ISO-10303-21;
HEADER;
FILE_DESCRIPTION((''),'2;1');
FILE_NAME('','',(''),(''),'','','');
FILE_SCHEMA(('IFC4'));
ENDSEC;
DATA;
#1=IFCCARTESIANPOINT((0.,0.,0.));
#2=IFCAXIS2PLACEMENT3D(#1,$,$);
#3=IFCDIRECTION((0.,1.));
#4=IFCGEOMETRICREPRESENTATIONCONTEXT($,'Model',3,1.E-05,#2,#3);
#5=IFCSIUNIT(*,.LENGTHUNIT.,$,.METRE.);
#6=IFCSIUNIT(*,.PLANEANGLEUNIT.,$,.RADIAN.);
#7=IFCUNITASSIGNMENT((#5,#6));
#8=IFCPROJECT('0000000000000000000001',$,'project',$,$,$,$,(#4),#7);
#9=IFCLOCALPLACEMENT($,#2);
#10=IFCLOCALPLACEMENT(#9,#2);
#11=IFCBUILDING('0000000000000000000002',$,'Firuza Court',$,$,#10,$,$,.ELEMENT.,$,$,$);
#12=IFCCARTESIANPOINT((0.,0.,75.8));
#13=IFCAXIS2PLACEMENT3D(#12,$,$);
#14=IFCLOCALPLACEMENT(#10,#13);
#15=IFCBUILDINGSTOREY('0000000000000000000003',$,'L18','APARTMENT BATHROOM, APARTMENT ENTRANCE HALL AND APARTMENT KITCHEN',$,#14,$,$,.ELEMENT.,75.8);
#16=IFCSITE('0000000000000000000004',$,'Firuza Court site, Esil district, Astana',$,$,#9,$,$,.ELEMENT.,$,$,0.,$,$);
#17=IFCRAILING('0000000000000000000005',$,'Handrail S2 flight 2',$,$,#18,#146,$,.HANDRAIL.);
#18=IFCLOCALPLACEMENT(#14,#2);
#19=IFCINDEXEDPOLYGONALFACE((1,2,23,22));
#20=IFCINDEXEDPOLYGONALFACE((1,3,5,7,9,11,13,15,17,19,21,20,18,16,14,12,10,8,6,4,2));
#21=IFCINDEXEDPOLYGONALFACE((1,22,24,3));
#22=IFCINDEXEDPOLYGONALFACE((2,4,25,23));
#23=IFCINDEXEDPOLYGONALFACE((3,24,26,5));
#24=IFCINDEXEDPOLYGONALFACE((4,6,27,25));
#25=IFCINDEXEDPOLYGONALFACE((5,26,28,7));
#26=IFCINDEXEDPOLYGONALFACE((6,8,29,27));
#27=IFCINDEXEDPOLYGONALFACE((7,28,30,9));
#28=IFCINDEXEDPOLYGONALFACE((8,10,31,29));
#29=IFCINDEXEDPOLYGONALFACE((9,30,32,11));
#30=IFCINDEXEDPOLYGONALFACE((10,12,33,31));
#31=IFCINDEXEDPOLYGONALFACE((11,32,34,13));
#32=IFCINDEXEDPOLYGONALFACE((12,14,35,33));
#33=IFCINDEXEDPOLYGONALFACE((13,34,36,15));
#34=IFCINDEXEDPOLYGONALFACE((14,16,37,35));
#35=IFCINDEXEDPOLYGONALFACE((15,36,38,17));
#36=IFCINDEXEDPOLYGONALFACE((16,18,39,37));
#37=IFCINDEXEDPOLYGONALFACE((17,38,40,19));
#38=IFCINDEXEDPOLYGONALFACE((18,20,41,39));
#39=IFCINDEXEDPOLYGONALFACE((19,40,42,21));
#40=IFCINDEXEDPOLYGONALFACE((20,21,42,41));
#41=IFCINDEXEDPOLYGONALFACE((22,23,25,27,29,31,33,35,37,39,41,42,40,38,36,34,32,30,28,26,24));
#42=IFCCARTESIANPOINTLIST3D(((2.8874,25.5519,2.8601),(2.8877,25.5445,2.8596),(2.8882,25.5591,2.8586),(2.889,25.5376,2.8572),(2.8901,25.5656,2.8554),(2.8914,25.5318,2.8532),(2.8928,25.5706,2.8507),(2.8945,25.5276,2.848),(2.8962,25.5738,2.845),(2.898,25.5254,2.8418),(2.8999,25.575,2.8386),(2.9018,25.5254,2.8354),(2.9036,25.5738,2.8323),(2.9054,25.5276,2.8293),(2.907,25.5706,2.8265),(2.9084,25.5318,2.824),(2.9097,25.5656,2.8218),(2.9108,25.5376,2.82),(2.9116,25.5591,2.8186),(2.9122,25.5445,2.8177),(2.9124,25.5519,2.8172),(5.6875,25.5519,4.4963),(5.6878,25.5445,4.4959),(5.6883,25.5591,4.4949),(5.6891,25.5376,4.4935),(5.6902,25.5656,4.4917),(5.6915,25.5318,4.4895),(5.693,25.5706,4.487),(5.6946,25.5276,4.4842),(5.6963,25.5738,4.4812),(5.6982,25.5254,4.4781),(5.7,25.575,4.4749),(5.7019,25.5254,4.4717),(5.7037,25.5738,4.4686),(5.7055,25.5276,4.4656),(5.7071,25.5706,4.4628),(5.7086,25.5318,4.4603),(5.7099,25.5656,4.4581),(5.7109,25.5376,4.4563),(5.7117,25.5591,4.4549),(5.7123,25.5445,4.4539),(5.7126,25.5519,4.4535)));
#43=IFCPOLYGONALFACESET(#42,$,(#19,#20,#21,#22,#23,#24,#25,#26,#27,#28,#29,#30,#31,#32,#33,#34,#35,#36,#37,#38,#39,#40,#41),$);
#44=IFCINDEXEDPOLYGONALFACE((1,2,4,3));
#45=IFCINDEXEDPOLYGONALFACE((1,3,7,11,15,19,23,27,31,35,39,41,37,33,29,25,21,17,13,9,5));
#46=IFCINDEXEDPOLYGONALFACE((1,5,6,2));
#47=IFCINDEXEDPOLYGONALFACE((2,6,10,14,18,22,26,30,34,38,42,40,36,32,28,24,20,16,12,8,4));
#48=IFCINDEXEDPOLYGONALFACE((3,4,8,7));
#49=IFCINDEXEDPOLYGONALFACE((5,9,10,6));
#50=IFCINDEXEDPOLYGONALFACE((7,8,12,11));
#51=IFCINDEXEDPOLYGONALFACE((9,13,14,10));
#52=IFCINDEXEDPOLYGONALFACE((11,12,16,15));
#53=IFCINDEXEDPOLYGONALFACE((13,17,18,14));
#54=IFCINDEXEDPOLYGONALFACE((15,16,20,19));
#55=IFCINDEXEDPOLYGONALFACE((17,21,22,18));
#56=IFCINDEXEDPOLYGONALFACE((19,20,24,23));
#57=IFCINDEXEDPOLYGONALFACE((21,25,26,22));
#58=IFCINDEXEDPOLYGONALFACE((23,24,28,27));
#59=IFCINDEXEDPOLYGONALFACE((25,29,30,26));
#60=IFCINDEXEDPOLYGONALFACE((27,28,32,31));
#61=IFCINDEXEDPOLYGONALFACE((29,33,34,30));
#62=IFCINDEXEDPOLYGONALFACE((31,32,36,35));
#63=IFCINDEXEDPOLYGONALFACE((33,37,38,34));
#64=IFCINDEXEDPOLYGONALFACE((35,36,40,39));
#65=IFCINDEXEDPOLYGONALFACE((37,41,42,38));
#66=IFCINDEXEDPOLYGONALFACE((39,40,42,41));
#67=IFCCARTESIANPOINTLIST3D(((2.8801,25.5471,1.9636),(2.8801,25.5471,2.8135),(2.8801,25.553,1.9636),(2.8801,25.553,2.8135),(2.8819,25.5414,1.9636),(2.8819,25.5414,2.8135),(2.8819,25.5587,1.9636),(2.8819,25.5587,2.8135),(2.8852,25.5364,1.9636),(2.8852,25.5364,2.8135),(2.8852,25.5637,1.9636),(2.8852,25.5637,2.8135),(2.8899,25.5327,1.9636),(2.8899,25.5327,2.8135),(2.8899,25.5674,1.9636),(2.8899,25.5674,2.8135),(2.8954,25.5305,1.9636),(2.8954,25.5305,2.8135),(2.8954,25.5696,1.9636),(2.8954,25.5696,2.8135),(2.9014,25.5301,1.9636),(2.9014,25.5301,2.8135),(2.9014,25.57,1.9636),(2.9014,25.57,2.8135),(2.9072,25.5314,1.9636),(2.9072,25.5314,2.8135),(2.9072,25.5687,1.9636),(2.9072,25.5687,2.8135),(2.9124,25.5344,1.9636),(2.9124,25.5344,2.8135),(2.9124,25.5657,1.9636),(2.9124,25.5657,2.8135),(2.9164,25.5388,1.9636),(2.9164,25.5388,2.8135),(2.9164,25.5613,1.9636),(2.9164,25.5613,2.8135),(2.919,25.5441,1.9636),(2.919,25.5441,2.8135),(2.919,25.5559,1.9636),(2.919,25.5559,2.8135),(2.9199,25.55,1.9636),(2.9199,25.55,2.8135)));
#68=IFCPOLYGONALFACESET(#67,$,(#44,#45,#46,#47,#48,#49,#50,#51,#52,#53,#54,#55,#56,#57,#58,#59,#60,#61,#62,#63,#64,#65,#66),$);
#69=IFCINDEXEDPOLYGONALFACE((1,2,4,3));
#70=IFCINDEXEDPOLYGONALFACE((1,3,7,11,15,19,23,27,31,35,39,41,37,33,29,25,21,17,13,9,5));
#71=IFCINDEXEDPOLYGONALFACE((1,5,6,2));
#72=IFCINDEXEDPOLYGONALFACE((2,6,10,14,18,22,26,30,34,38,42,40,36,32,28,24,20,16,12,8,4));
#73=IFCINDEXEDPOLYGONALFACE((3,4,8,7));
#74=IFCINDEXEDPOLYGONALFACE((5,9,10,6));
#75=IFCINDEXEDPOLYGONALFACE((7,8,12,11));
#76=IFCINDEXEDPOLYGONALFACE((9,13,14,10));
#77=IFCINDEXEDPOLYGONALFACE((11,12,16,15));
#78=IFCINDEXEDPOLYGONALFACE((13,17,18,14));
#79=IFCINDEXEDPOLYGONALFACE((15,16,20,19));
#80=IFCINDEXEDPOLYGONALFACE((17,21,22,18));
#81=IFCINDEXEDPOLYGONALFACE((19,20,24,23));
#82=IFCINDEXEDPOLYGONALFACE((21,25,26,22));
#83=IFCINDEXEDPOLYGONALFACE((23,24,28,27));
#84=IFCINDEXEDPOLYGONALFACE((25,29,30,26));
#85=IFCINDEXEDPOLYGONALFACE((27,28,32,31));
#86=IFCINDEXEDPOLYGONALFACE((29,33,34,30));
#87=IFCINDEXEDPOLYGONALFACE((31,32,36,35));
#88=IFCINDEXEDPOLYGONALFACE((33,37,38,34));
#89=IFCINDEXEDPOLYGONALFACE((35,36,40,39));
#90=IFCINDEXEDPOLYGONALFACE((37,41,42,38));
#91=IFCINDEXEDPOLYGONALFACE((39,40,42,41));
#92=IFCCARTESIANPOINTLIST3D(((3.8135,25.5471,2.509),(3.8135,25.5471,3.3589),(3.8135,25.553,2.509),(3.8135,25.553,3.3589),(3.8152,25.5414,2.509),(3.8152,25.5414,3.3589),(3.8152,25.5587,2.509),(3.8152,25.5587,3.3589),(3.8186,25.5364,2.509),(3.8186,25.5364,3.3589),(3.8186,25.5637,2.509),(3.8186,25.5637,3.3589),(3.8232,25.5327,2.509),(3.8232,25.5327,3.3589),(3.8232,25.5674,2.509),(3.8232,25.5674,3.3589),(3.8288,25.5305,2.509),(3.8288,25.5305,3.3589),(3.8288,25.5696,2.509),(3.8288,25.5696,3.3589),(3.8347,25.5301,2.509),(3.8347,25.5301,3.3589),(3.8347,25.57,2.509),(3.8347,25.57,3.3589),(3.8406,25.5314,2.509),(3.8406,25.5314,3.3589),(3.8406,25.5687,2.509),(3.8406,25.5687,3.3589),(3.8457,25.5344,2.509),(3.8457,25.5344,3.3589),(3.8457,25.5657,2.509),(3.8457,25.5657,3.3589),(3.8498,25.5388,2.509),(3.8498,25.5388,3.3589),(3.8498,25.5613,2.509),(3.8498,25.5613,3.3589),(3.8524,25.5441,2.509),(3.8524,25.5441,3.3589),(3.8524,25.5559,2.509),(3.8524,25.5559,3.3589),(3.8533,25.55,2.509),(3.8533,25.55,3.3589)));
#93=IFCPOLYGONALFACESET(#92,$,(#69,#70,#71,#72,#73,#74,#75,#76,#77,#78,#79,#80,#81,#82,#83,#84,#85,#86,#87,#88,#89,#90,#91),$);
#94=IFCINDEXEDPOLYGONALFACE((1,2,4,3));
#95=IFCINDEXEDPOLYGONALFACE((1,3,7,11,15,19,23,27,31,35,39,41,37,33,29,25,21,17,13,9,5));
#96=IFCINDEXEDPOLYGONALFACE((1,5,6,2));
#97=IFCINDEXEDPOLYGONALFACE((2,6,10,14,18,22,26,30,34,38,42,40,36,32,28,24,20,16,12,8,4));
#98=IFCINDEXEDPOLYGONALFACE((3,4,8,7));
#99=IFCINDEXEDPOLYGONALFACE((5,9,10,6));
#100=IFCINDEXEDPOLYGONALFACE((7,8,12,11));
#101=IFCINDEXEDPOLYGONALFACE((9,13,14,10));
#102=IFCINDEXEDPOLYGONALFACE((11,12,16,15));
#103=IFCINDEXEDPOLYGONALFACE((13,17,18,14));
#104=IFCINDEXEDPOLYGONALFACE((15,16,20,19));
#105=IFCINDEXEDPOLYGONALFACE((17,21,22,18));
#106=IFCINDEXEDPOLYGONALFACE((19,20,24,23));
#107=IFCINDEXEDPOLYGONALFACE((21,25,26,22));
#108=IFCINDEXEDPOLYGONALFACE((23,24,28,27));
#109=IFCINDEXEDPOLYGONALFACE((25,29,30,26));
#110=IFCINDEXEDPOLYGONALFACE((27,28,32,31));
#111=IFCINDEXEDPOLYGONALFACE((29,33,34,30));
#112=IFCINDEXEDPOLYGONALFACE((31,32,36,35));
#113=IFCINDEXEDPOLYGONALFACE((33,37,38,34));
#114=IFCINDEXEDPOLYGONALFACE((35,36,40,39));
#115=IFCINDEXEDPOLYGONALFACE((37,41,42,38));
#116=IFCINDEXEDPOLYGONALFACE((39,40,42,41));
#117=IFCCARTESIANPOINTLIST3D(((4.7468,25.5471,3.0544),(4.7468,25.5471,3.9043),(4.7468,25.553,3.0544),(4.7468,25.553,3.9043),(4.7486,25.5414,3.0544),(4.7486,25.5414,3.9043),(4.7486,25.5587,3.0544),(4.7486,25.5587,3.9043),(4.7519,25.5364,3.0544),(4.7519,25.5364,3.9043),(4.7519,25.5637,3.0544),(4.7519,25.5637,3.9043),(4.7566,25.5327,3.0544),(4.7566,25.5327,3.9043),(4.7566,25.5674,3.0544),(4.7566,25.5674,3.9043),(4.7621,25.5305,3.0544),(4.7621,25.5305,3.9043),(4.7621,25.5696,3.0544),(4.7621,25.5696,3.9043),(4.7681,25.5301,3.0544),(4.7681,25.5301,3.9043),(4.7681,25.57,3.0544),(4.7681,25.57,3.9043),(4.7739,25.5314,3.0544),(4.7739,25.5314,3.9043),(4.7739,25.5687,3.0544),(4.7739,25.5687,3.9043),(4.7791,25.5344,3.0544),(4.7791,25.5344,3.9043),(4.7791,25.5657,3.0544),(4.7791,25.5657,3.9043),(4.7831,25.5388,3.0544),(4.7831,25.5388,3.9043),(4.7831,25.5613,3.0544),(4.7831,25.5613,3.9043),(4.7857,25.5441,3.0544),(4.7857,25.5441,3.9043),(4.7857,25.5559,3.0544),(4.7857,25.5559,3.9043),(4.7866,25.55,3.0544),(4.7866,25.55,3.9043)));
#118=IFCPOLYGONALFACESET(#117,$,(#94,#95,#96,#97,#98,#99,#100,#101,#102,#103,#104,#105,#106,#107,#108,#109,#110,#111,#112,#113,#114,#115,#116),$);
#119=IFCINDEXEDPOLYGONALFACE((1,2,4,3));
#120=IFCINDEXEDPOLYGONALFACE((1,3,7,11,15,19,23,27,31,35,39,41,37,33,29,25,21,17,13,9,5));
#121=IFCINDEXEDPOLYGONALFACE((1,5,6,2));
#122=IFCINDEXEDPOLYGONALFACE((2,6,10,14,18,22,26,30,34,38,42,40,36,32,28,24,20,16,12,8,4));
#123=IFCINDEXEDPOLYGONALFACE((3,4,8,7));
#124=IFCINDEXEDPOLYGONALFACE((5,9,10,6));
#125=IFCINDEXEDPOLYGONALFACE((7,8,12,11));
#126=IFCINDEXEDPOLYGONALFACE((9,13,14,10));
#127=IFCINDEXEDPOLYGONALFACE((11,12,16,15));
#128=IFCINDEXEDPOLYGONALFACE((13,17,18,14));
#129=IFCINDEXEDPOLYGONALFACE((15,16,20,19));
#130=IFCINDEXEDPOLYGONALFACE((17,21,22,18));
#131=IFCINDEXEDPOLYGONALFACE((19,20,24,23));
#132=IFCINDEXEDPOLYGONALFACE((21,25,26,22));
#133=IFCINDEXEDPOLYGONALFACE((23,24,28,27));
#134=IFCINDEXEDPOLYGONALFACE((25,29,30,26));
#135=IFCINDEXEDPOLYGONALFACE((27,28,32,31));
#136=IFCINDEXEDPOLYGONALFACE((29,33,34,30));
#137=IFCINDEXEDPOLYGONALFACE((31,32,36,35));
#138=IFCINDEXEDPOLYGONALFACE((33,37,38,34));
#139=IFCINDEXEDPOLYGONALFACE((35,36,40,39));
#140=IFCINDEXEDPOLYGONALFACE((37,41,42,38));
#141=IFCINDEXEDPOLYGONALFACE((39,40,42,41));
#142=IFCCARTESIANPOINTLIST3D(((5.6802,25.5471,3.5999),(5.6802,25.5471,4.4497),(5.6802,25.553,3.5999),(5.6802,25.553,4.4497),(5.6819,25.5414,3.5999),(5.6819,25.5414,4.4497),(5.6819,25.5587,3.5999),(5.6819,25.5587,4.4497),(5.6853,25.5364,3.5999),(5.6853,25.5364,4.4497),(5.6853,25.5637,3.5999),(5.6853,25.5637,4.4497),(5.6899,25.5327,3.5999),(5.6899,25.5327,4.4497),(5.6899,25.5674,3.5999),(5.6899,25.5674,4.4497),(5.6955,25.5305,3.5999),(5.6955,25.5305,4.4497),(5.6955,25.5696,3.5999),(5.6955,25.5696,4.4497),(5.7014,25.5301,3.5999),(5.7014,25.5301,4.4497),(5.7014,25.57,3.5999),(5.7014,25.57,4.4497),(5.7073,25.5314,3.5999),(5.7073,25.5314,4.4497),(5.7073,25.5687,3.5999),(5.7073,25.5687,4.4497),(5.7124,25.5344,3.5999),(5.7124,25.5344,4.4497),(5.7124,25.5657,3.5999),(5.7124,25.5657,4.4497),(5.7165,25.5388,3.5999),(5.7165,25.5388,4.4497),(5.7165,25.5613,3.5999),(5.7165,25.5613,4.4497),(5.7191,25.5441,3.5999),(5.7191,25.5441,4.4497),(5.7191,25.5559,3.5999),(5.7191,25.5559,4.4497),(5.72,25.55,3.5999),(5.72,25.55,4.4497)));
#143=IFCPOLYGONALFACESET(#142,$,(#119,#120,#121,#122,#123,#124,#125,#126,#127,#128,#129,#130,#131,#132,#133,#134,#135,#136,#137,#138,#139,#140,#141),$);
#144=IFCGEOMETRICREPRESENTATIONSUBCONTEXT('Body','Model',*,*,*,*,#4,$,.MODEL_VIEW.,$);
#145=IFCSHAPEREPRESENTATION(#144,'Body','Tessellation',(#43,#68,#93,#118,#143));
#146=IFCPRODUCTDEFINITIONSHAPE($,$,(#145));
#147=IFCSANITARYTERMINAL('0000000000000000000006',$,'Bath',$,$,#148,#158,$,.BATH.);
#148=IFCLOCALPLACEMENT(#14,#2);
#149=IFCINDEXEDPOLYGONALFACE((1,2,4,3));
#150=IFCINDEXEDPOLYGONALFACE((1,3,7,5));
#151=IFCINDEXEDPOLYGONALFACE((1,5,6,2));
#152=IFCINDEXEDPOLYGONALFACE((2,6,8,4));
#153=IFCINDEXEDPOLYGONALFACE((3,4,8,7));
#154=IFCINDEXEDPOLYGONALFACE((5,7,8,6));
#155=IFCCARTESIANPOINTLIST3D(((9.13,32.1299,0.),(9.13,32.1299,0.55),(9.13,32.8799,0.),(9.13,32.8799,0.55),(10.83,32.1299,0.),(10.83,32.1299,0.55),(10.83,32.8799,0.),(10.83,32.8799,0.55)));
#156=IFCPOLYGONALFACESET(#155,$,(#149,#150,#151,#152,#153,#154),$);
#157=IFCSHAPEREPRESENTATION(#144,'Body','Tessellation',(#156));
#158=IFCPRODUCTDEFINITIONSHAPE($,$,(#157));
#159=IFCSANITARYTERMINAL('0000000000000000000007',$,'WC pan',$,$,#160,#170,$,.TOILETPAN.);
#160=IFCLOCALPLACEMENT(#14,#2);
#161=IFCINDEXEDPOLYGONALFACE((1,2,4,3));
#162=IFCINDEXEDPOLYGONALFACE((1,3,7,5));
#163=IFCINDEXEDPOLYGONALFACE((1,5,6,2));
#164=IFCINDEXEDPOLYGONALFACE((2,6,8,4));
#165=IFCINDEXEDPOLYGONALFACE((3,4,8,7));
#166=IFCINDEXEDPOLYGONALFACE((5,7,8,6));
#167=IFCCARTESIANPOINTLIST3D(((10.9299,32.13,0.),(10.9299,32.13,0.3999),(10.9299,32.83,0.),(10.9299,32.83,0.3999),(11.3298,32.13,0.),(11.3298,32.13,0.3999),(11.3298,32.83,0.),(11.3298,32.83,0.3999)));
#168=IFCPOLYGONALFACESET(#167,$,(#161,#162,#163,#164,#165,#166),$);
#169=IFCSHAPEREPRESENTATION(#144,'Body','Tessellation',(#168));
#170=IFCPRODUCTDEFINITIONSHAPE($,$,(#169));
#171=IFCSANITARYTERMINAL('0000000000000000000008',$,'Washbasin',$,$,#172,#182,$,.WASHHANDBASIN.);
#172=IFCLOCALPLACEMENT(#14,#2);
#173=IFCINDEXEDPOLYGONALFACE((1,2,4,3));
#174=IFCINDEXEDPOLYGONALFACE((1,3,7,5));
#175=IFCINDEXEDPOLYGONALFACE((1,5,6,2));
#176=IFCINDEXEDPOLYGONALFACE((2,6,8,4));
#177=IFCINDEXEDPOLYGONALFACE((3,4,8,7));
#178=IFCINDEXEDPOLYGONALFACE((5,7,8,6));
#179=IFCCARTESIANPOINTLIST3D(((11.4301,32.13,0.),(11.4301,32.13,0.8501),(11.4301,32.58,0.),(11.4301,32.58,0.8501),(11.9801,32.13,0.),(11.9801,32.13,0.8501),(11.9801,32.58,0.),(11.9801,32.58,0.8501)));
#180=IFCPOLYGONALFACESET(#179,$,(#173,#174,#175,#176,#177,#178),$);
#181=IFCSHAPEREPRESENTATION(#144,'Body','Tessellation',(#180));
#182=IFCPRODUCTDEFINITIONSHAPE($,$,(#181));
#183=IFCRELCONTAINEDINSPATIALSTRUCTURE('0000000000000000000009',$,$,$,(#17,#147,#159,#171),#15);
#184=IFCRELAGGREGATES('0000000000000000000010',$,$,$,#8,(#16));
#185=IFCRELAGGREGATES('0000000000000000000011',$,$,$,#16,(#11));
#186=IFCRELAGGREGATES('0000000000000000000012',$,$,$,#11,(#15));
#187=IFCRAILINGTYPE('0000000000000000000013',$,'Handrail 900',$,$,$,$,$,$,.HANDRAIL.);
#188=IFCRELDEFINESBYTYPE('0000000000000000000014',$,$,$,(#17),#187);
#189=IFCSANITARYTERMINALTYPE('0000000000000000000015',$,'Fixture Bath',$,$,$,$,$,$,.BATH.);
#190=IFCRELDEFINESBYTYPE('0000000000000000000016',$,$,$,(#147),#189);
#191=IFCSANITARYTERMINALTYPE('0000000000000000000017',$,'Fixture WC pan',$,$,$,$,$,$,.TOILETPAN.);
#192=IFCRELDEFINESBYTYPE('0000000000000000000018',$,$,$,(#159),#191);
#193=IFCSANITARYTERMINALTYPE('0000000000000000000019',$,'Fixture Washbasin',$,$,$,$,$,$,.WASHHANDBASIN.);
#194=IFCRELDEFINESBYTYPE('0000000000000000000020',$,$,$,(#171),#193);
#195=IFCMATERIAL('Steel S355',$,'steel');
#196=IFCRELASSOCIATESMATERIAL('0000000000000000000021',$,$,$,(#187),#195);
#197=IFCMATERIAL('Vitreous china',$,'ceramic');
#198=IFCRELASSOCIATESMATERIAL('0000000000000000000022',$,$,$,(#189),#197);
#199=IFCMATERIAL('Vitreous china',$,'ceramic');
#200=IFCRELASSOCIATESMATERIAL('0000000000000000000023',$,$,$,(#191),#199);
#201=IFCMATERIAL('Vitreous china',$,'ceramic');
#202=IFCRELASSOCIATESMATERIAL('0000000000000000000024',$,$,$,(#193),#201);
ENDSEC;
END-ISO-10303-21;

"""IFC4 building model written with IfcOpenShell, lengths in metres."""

from ifc_helpers import new_model, si_unit, direction, frame, origin, origin_2d, place, context, subcontext, project, spatial, rectangle, circle, extrude, material, type_object, element, save


model = new_model("IFC4")

# Units and contexts
model_context = context("Model", 3, precision=1e-05, world=origin(), true_north=direction((0.0, 1.0)))
body_context = subcontext(model_context, "Body", "Model", "MODEL_VIEW")
ifc_project = project(units=[si_unit("LENGTHUNIT", "METRE"), si_unit("PLANEANGLEUNIT", "RADIAN")], contexts=[model_context])

# Site, building, storey
site_placement = place(None, origin())
site = spatial("IfcSite", under=ifc_project, at=site_placement, Name="Firuza Court site, Esil district, Astana", CompositionType="ELEMENT", RefElevation=0.0)
building_placement = place(site_placement, origin())
building = spatial("IfcBuilding", under=site, at=building_placement, Name="Firuza Court", CompositionType="ELEMENT")
storey_placement = place(building_placement, frame((0.0, 0.0, 75.8)))
storey = spatial("IfcBuildingStorey", under=building, at=storey_placement, Name="L18", Description="APARTMENT BATHROOM, APARTMENT ENTRANCE HALL AND APARTMENT KITCHEN", CompositionType="ELEMENT", Elevation=75.8)

# Railing
ifc_material_1 = material(Name="Steel S355", Category="steel")
railing_type = type_object("IfcRailingType", Name="Handrail 900", PredefinedType="HANDRAIL", material=ifc_material_1)
railing_placement = place(storey_placement, frame((2.8999, 25.55, 1.9636)))
element("IfcRailing", 1, at=railing_placement, inside=storey, type_object=railing_type, Name="Handrail S2 flight 2", PredefinedType="HANDRAIL", context=body_context, shape_type="SweptSolid", body=[
    extrude(circle(Radius=0.0249, at=origin_2d()), frame((0.0, 0.0, 0.875), z_axis=(0.863394, 0.0, 0.504531), x_axis=(0.0, 1.0, 0.0)), (0.0, 0.0, 1.0), 3.2432),
    extrude(circle(Radius=0.02, at=origin_2d()), origin(), (0.0, 0.0, 1.0), 0.8499),
    extrude(circle(Radius=0.02, at=origin_2d()), frame((0.9333, 0.0, 0.5454)), (0.0, 0.0, 1.0), 0.8499),
    extrude(circle(Radius=0.02, at=origin_2d()), frame((1.8667, 0.0, 1.0908)), (0.0, 0.0, 1.0), 0.8499),
    extrude(circle(Radius=0.02, at=origin_2d()), frame((2.8, 0.0, 1.6362)), (0.0, 0.0, 1.0), 0.8499),
])

# Sanitary terminals
ifc_material_2 = material(Name="Vitreous china", Category="ceramic")
sanitary_terminal_type_1 = type_object("IfcSanitaryTerminalType", Name="Fixture Bath", PredefinedType="BATH", material=ifc_material_2)
sanitary_terminal_1_placement = place(storey_placement, frame((9.98, 32.5049, 0.0), z_axis=(0.0, 0.0, 1.0), x_axis=(1.0, 0.0, 0.0)))
element("IfcSanitaryTerminal", 2, at=sanitary_terminal_1_placement, inside=storey, type_object=sanitary_terminal_type_1, Name="Bath", PredefinedType="BATH", context=body_context, shape_type="SweptSolid", body=[
    extrude(rectangle(XDim=1.7, YDim=0.75, at=origin_2d()), origin(), (0.0, 0.0, 1.0), 0.55),
])
ifc_material_3 = material(Name="Vitreous china", Category="ceramic")
sanitary_terminal_type_2 = type_object("IfcSanitaryTerminalType", Name="Fixture WC pan", PredefinedType="TOILETPAN", material=ifc_material_3)
sanitary_terminal_2_placement = place(storey_placement, frame((11.1299, 32.48, 0.0), z_axis=(0.0, 0.0, 1.0), x_axis=(1.0, 0.0, 0.0)))
element("IfcSanitaryTerminal", 3, at=sanitary_terminal_2_placement, inside=storey, type_object=sanitary_terminal_type_2, Name="WC pan", PredefinedType="TOILETPAN", context=body_context, shape_type="SweptSolid", body=[
    extrude(rectangle(XDim=0.3999, YDim=0.7, at=origin_2d()), origin(), (0.0, 0.0, 1.0), 0.3999),
])
ifc_material_4 = material(Name="Vitreous china", Category="ceramic")
sanitary_terminal_type_3 = type_object("IfcSanitaryTerminalType", Name="Fixture Washbasin", PredefinedType="WASHHANDBASIN", material=ifc_material_4)
sanitary_terminal_3_placement = place(storey_placement, frame((11.7051, 32.355, 0.0), z_axis=(0.0, 0.0, 1.0), x_axis=(1.0, 0.0, 0.0)))
element("IfcSanitaryTerminal", 4, at=sanitary_terminal_3_placement, inside=storey, type_object=sanitary_terminal_type_3, Name="Washbasin", PredefinedType="WASHHANDBASIN", context=body_context, shape_type="SweptSolid", body=[
    extrude(rectangle(XDim=0.55, YDim=0.45, at=origin_2d()), origin(), (0.0, 0.0, 1.0), 0.8501),
])

save(model, "model.ifc")
